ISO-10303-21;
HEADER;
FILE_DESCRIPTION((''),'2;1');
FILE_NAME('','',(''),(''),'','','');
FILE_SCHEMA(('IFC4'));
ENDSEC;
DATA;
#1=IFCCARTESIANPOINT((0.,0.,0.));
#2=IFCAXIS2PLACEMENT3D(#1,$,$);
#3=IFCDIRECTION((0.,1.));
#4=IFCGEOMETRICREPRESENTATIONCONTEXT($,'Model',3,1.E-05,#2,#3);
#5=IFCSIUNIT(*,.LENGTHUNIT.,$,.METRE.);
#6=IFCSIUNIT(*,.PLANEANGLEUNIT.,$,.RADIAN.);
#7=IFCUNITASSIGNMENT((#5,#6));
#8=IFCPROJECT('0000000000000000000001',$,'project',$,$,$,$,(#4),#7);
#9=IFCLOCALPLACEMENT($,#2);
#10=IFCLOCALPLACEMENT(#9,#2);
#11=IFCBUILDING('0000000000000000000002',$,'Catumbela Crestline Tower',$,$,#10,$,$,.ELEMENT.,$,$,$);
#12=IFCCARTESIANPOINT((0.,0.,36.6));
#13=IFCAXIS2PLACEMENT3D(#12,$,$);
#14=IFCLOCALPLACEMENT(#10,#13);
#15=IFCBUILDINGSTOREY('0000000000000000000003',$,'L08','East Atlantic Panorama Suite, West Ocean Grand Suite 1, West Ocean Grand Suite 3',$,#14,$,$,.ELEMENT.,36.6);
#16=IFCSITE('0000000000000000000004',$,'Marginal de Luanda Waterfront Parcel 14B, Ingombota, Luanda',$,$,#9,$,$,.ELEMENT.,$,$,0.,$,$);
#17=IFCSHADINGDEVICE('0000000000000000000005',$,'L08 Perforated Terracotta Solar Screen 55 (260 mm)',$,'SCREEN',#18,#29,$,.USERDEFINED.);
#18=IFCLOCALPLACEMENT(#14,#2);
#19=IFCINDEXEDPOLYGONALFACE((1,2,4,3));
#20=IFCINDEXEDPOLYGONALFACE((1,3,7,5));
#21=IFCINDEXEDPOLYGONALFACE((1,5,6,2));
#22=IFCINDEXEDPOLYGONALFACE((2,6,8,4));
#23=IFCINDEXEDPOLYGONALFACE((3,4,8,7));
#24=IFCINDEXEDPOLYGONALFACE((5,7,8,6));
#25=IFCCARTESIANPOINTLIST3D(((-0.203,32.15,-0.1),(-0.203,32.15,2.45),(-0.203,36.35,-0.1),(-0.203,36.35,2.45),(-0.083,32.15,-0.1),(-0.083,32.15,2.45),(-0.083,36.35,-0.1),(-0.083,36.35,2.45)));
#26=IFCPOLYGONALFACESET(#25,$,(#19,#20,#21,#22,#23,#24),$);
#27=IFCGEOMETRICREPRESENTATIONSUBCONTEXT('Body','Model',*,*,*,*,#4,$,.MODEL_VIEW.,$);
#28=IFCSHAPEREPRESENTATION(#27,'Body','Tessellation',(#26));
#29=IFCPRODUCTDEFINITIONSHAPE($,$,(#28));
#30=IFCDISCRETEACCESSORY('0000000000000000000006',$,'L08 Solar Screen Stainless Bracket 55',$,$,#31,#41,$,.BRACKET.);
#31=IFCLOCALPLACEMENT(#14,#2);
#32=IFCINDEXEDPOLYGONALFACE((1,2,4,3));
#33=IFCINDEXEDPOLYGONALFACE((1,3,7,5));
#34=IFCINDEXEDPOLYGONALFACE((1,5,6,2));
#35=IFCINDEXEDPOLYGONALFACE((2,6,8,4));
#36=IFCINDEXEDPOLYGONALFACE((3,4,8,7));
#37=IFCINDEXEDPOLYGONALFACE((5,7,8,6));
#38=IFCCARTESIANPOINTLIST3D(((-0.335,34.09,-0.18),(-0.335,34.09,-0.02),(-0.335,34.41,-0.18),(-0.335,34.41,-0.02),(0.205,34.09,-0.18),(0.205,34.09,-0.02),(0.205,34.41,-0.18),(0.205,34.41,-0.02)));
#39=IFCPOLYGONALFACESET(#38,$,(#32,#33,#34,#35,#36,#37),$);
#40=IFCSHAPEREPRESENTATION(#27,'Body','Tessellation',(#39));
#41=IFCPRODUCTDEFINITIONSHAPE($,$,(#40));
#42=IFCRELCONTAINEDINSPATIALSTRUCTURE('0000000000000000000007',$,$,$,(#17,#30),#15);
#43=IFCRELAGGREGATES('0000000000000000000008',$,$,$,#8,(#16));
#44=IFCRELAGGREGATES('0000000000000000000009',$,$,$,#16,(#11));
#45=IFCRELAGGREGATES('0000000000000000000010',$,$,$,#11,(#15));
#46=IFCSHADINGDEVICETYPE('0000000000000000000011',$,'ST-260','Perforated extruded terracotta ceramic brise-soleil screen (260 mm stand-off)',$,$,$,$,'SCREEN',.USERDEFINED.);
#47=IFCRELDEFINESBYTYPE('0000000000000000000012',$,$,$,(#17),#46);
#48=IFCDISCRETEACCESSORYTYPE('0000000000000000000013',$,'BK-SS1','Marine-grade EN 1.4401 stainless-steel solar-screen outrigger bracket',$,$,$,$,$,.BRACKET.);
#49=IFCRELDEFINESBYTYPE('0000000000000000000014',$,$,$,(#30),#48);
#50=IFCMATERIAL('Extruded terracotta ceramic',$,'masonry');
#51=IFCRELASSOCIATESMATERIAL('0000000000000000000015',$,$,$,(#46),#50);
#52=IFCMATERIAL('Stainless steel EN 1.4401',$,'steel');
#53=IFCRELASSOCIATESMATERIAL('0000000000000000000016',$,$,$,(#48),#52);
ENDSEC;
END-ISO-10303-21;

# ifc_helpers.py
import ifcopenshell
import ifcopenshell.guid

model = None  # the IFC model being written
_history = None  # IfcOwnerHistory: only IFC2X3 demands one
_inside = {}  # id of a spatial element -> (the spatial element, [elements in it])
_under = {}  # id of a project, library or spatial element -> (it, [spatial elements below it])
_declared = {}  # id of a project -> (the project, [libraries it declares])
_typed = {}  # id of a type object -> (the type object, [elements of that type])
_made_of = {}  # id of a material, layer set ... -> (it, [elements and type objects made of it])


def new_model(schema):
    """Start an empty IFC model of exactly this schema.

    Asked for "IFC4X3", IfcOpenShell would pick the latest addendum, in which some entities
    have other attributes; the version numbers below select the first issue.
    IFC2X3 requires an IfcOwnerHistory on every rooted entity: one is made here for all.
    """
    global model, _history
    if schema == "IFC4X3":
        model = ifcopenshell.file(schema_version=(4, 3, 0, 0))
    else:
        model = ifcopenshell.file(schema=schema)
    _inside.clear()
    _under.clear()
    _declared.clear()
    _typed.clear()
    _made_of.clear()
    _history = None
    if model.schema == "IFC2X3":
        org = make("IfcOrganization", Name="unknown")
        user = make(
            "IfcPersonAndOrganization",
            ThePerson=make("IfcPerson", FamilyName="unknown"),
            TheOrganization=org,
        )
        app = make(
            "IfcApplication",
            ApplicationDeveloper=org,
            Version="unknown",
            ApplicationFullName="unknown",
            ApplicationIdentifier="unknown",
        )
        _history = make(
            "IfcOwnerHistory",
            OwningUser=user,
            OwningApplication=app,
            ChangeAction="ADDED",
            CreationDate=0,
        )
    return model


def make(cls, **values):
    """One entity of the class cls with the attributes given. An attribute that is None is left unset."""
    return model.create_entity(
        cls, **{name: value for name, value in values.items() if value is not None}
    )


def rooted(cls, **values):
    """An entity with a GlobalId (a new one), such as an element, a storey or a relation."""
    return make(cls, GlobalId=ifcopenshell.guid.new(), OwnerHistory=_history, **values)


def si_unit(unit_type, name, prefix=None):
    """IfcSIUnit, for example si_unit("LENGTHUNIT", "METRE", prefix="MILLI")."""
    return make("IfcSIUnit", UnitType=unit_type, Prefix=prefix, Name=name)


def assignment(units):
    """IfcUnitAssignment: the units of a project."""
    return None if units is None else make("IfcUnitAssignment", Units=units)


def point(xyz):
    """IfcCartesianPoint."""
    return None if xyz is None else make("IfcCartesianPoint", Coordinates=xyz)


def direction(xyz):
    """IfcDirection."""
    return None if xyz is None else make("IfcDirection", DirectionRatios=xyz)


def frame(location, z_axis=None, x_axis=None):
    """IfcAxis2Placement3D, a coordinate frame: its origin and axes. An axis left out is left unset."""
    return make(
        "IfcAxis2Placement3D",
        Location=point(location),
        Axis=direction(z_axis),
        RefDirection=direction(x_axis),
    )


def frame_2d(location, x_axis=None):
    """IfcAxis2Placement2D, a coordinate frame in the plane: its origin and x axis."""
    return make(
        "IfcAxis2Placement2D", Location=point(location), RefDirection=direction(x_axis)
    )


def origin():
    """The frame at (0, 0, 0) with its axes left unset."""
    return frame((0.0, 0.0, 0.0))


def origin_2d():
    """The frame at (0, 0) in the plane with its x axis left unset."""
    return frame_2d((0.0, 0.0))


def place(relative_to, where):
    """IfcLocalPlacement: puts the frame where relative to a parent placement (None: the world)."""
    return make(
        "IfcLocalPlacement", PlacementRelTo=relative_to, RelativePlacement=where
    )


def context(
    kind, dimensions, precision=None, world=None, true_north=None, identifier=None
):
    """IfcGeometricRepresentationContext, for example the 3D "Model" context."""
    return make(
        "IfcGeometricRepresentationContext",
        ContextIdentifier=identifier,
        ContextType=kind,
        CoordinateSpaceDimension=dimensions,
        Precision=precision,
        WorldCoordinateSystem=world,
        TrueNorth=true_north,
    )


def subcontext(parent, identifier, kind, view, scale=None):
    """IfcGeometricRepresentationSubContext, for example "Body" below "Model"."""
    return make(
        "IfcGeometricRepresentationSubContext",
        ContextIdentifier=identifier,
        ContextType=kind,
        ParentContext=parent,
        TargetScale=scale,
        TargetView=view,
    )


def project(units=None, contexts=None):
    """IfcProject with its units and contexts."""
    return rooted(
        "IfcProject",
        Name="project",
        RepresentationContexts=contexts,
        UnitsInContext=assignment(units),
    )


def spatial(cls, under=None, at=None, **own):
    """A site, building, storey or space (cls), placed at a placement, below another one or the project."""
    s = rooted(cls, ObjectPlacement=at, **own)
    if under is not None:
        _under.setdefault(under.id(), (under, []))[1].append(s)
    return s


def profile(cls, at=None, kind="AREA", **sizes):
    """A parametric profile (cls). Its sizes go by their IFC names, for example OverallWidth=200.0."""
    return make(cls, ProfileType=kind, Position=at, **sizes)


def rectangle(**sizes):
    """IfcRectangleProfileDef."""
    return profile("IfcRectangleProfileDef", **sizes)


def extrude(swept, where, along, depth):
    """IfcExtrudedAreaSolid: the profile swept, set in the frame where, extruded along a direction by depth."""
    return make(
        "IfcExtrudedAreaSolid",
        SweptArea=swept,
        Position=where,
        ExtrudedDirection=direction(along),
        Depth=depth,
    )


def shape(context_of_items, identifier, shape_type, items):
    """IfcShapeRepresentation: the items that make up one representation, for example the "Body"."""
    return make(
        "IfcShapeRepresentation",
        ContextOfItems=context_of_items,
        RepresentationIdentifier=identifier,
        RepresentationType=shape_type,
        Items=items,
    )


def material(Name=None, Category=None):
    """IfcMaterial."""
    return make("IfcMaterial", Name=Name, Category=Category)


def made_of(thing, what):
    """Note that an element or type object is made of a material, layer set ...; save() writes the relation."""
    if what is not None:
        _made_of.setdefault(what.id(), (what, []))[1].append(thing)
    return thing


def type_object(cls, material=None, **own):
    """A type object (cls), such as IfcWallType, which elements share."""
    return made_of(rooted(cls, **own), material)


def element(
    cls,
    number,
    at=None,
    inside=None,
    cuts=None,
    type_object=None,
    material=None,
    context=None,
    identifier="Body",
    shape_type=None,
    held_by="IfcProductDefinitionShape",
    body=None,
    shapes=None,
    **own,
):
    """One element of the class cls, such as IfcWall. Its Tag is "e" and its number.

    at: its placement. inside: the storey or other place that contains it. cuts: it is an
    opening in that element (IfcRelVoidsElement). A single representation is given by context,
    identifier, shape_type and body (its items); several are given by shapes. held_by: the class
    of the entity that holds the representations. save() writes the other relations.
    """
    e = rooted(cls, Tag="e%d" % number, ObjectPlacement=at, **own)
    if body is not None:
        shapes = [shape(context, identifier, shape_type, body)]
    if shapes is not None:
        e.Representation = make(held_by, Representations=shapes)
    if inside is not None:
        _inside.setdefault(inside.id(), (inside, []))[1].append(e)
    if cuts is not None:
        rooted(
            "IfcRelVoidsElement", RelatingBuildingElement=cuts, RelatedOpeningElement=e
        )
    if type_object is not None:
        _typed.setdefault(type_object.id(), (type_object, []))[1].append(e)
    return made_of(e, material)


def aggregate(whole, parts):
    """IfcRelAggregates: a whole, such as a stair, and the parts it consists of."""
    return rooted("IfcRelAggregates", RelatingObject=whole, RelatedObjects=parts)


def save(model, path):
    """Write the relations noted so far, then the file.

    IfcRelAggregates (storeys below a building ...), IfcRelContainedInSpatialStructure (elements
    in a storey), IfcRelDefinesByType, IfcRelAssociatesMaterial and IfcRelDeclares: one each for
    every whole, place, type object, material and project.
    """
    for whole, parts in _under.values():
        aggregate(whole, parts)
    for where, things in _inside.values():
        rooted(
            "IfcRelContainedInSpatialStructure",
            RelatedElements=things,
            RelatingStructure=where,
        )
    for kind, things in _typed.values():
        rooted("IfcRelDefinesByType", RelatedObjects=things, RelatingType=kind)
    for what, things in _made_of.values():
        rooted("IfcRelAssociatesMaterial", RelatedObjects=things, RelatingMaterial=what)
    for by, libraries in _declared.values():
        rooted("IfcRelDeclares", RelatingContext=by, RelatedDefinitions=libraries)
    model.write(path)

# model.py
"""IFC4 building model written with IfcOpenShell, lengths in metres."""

from ifc_helpers import new_model, si_unit, direction, frame, origin, origin_2d, place, context, subcontext, project, spatial, rectangle, extrude, material, type_object, element, save


model = new_model("IFC4")

# Units and contexts
model_context = context("Model", 3, precision=1e-05, world=origin(), true_north=direction((0.0, 1.0)))
body_context = subcontext(model_context, "Body", "Model", "MODEL_VIEW")
ifc_project = project(units=[si_unit("LENGTHUNIT", "METRE"), si_unit("PLANEANGLEUNIT", "RADIAN")], contexts=[model_context])

# Site, building, storey
site_placement = place(None, origin())
site = spatial("IfcSite", under=ifc_project, at=site_placement, Name="Marginal de Luanda Waterfront Parcel 14B, Ingombota, Luanda", CompositionType="ELEMENT", RefElevation=0.0)
building_placement = place(site_placement, origin())
building = spatial("IfcBuilding", under=site, at=building_placement, Name="Catumbela Crestline Tower", CompositionType="ELEMENT")
storey_placement = place(building_placement, frame((0.0, 0.0, 36.6)))
storey = spatial("IfcBuildingStorey", under=building, at=storey_placement, Name="L08", Description="East Atlantic Panorama Suite, West Ocean Grand Suite 1, West Ocean Grand Suite 3", CompositionType="ELEMENT", Elevation=36.6)

# Shading device
ifc_material_1 = material(Name="Extruded terracotta ceramic", Category="masonry")
shading_device_type = type_object("IfcShadingDeviceType", Name="ST-260", Description="Perforated extruded terracotta ceramic brise-soleil screen (260 mm stand-off)", ElementType="SCREEN", PredefinedType="USERDEFINED", material=ifc_material_1)
shading_device_placement = place(storey_placement, frame((-0.143, 34.25, -0.1), z_axis=(0.0, 0.0, 1.0), x_axis=(0.0, -1.0, 0.0)))
element("IfcShadingDevice", 1, at=shading_device_placement, inside=storey, type_object=shading_device_type, Name="L08 Perforated Terracotta Solar Screen 55 (260 mm)", ObjectType="SCREEN", PredefinedType="USERDEFINED", context=body_context, shape_type="SweptSolid", body=[
    extrude(rectangle(XDim=4.2, YDim=0.12, at=origin_2d()), origin(), (0.0, 0.0, 1.0), 2.55),
])

# Discrete accessory
ifc_material_2 = material(Name="Stainless steel EN 1.4401", Category="steel")
discrete_accessory_type = type_object("IfcDiscreteAccessoryType", Name="BK-SS1", Description="Marine-grade EN 1.4401 stainless-steel solar-screen outrigger bracket", PredefinedType="BRACKET", material=ifc_material_2)
discrete_accessory_placement = place(storey_placement, frame((-0.065, 34.25, -0.18), z_axis=(0.0, 0.0, 1.0), x_axis=(0.0, -1.0, 0.0)))
element("IfcDiscreteAccessory", 2, at=discrete_accessory_placement, inside=storey, type_object=discrete_accessory_type, Name="L08 Solar Screen Stainless Bracket 55", PredefinedType="BRACKET", context=body_context, shape_type="SweptSolid", body=[
    extrude(rectangle(XDim=0.32, YDim=0.54, at=origin_2d()), origin(), (0.0, 0.0, 1.0), 0.16),
])

save(model, "model.ifc")
